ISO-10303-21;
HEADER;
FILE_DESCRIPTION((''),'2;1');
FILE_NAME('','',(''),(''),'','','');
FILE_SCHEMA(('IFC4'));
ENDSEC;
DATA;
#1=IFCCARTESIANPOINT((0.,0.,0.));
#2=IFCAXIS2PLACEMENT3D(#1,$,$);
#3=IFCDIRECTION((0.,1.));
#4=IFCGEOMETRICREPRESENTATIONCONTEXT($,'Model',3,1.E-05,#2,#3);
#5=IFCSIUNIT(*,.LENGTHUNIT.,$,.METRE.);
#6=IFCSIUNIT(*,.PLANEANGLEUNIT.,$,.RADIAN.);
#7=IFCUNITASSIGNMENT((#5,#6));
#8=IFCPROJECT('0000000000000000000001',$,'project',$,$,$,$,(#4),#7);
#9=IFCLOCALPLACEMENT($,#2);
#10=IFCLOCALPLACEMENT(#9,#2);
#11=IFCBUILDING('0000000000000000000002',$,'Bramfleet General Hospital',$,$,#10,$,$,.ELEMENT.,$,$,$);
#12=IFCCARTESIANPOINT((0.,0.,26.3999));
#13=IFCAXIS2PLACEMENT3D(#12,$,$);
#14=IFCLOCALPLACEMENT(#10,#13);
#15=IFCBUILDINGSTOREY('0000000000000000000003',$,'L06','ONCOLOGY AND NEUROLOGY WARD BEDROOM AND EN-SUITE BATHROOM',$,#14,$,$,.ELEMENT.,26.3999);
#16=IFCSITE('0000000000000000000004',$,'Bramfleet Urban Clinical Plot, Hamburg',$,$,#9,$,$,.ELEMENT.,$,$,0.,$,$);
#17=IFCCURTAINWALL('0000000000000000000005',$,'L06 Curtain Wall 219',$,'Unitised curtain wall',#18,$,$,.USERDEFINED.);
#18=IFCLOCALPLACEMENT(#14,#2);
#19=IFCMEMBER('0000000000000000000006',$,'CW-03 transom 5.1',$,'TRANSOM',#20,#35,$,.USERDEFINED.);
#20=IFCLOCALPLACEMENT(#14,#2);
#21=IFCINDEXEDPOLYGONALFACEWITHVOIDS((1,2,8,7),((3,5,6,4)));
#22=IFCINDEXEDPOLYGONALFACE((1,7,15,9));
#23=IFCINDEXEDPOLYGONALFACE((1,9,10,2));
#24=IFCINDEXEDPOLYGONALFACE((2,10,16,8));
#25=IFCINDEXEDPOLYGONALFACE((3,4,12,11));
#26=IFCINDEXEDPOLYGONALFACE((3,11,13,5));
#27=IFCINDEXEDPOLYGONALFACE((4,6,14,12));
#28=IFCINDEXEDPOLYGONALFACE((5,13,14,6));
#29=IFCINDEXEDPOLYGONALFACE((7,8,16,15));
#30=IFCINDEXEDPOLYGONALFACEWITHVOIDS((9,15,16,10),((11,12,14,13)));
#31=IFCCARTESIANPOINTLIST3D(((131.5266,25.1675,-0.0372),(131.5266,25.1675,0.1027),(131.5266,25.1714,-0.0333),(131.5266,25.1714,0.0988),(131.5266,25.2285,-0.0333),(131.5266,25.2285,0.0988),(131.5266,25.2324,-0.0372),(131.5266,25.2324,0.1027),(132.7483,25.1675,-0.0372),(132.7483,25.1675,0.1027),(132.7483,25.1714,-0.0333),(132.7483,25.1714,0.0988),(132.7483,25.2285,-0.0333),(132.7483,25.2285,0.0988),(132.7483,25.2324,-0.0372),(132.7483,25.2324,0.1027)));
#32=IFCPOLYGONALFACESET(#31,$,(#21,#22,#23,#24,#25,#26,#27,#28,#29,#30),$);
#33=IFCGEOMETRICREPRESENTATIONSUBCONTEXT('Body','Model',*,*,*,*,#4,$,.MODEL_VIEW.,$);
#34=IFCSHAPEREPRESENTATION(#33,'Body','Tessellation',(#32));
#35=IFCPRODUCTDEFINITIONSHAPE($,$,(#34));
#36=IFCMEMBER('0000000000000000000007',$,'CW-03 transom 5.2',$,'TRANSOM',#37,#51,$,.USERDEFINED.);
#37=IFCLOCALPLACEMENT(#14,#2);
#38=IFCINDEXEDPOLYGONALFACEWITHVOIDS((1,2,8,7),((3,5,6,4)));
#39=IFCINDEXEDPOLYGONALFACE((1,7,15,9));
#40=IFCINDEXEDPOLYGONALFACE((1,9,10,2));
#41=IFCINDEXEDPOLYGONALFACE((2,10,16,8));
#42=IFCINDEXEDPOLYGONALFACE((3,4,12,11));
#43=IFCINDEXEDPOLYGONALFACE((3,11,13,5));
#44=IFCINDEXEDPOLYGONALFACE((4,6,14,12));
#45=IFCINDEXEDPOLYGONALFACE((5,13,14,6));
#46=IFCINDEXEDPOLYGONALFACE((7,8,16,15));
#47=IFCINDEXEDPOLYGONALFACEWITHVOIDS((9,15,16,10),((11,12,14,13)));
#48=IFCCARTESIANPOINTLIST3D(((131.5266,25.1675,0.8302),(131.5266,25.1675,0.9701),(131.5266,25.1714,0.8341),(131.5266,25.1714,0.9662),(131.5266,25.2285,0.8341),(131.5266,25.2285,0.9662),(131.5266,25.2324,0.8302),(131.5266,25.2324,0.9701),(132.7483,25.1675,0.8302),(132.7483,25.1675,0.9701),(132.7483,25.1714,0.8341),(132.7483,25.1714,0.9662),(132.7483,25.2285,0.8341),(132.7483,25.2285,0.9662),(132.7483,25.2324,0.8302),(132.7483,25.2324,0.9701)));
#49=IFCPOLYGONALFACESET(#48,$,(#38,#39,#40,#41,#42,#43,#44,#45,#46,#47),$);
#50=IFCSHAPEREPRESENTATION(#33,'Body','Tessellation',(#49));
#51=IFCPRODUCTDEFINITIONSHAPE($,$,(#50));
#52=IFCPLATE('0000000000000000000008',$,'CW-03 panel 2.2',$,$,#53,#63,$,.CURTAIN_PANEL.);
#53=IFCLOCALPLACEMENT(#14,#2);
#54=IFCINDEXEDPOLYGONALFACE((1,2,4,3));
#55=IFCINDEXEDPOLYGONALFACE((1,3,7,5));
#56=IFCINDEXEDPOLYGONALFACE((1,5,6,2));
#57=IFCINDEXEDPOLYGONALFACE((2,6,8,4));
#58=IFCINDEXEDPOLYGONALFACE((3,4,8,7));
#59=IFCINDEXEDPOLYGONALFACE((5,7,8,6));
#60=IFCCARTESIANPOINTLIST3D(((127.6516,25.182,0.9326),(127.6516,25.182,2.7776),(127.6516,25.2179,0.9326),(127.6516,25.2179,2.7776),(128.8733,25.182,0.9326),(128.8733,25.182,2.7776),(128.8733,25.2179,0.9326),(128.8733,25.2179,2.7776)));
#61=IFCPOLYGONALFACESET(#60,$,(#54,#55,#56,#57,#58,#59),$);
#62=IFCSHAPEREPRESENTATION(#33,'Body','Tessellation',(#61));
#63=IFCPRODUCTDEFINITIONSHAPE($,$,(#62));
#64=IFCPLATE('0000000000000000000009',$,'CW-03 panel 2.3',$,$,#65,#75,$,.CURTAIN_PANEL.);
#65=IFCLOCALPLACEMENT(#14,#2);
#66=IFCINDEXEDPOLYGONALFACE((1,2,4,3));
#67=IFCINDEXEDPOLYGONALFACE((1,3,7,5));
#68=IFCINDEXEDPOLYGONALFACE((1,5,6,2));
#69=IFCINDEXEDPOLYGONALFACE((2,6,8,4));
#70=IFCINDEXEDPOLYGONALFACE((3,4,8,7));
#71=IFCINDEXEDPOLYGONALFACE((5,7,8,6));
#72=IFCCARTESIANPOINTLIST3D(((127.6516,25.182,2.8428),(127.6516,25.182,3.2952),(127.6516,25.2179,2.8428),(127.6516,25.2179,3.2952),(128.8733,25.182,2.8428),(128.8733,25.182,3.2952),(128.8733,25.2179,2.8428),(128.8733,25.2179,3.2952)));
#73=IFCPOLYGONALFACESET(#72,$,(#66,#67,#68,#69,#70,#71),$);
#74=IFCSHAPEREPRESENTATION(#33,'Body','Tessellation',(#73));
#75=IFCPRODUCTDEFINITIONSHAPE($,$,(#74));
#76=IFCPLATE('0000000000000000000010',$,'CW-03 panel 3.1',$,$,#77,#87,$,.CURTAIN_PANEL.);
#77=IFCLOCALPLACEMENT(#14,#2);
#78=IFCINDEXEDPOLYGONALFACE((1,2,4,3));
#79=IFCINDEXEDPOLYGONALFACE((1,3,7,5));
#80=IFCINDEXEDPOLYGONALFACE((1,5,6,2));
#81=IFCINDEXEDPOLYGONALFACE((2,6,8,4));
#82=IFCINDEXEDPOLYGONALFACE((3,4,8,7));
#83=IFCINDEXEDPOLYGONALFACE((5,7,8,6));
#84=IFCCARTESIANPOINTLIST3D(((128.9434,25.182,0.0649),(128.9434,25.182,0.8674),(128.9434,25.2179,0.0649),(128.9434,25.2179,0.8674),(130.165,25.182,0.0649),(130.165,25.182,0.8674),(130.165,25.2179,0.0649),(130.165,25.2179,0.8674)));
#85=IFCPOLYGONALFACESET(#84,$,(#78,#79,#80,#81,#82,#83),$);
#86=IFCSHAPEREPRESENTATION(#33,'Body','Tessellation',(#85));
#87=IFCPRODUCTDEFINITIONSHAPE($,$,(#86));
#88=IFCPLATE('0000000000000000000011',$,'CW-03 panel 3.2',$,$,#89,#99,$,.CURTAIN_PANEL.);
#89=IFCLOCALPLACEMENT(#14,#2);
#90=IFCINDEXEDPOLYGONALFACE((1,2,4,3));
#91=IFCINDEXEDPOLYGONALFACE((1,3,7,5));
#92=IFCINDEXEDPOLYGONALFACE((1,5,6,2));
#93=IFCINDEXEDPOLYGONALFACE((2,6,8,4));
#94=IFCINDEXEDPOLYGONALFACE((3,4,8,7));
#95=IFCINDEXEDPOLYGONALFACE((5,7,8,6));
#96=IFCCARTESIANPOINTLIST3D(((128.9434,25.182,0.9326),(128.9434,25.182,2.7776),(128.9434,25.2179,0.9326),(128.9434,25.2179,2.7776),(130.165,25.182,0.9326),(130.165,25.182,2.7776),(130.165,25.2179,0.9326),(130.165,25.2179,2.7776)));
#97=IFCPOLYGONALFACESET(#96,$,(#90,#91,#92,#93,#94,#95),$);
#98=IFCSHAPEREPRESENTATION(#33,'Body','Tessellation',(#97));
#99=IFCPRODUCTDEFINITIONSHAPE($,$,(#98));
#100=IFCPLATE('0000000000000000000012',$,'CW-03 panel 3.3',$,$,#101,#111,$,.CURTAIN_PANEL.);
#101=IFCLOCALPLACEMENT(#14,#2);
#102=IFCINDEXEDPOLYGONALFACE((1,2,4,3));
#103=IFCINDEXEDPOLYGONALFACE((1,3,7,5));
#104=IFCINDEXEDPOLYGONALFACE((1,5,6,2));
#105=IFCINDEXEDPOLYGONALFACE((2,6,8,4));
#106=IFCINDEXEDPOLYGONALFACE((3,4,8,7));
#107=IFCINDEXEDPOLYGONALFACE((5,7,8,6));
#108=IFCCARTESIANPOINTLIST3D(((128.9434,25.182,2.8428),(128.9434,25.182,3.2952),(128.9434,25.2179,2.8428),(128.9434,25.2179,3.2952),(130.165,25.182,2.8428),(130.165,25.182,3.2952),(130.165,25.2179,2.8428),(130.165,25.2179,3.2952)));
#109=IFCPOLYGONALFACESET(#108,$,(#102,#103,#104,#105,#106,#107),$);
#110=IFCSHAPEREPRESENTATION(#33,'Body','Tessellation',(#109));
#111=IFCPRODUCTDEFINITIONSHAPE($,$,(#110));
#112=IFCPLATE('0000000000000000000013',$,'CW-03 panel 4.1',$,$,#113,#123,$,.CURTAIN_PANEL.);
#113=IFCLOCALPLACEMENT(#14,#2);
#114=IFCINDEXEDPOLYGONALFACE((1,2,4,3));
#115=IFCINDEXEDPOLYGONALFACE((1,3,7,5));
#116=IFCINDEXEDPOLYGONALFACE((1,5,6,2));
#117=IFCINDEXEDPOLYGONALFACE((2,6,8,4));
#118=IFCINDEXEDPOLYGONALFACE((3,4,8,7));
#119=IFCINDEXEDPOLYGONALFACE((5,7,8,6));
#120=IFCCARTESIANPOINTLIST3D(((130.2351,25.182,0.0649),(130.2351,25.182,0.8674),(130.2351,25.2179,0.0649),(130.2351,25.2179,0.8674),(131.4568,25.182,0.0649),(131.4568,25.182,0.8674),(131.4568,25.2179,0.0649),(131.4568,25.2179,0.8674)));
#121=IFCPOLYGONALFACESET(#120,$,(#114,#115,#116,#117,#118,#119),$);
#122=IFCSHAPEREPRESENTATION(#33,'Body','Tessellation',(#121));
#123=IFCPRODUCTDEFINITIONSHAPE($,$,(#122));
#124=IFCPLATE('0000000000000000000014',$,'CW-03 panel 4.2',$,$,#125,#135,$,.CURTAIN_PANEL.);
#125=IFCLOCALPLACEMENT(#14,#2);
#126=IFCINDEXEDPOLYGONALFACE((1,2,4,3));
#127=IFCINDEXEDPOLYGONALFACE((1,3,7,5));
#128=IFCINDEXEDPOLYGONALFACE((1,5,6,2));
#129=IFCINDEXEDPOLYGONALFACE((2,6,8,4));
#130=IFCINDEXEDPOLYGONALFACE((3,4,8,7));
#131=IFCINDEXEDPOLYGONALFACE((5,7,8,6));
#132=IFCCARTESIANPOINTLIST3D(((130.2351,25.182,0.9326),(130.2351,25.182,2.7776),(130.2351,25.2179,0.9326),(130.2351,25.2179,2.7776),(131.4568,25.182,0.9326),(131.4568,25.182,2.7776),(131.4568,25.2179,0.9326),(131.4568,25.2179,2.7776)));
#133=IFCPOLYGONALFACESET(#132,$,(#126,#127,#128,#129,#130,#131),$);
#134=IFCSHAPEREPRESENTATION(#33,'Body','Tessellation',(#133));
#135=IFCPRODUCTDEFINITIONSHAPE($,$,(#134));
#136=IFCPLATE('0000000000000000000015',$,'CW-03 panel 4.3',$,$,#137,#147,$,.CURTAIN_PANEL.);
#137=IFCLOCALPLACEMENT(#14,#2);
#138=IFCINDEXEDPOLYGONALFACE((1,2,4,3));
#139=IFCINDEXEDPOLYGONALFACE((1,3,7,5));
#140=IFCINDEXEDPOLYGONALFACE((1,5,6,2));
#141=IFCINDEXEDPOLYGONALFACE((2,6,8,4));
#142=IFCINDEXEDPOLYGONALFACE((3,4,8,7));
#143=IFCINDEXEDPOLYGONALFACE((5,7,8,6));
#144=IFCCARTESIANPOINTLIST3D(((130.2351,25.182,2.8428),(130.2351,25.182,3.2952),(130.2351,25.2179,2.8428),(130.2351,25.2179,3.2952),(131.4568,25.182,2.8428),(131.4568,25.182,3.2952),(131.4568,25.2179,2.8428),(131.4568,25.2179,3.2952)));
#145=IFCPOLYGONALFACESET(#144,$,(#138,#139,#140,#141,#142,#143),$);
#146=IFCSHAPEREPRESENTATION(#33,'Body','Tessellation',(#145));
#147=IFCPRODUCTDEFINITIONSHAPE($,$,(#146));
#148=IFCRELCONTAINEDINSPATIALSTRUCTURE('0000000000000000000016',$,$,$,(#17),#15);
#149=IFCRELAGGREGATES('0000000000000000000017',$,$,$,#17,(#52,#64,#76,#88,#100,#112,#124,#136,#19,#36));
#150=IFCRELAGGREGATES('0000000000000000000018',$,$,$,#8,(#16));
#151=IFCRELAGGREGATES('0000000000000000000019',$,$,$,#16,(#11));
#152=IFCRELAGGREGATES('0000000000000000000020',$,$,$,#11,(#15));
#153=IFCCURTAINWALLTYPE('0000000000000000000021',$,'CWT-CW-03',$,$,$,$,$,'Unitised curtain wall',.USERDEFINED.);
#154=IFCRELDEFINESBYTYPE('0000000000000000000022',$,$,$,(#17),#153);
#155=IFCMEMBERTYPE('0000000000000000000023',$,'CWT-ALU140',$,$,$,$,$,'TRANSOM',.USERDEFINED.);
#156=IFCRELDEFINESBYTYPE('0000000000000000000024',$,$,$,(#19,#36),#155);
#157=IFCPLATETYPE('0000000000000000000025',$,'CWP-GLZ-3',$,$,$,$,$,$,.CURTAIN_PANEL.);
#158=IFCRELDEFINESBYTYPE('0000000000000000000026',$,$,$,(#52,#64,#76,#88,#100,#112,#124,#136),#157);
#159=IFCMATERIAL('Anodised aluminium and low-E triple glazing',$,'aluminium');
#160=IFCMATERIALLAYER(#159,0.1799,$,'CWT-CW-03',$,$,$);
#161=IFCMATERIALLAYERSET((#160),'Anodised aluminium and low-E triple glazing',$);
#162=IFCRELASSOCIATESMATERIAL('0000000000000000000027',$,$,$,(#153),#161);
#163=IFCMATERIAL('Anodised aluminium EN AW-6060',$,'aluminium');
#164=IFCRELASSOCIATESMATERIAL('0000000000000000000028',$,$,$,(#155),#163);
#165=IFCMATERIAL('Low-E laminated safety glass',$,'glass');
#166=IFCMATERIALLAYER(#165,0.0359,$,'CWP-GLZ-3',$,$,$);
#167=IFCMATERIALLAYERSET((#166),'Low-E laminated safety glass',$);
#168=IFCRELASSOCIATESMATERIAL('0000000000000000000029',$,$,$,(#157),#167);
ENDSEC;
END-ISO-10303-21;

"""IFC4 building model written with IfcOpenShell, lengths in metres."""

from ifc_helpers import new_model, si_unit, direction, frame, origin, origin_2d, place, context, subcontext, project, spatial, rectangle, hollow_rectangle, extrude, material, layer, layer_set, material_profile, profile_set, type_object, element, aggregate, save


model = new_model("IFC4")

# Units and contexts
model_context = context("Model", 3, precision=1e-05, world=origin(), true_north=direction((0.0, 1.0)))
body_context = subcontext(model_context, "Body", "Model", "MODEL_VIEW")
ifc_project = project(units=[si_unit("LENGTHUNIT", "METRE"), si_unit("PLANEANGLEUNIT", "RADIAN")], contexts=[model_context])

# Site, building, storey
site_placement = place(None, origin())
site = spatial("IfcSite", under=ifc_project, at=site_placement, Name="Bramfleet Urban Clinical Plot, Hamburg", CompositionType="ELEMENT", RefElevation=0.0)
building_placement = place(site_placement, origin())
building = spatial("IfcBuilding", under=site, at=building_placement, Name="Bramfleet General Hospital", CompositionType="ELEMENT")
storey_placement = place(building_placement, frame((0.0, 0.0, 26.3999)))
storey = spatial("IfcBuildingStorey", under=building, at=storey_placement, Name="L06", Description="ONCOLOGY AND NEUROLOGY WARD BEDROOM AND EN-SUITE BATHROOM", CompositionType="ELEMENT", Elevation=26.3999)

# Curtain wall, members, plates
ifc_material_1 = material(Name="Anodised aluminium and low-E triple glazing", Category="aluminium")
ifc_layer_1 = layer(ifc_material_1, 0.1799, Name="CWT-CW-03")
ifc_layer_set_1 = layer_set([ifc_layer_1], Name="Anodised aluminium and low-E triple glazing")
curtain_wall_type = type_object("IfcCurtainWallType", Name="CWT-CW-03", ElementType="Unitised curtain wall", PredefinedType="USERDEFINED", material=ifc_layer_set_1)
curtain_wall_placement = place(storey_placement, origin())
curtain_wall = element("IfcCurtainWall", 1, at=curtain_wall_placement, inside=storey, type_object=curtain_wall_type, Name="L06 Curtain Wall 219", ObjectType="Unitised curtain wall", PredefinedType="USERDEFINED")
ifc_material_2 = material(Name="Anodised aluminium EN AW-6060", Category="aluminium")
ifc_material_profile_1 = material_profile(ifc_material_2, hollow_rectangle(XDim=0.0649, YDim=0.1399, WallThickness=0.0039, at=origin_2d()), Name="ALU 140x65x4.0")
ifc_profile_set_1 = profile_set([ifc_material_profile_1], Name="Anodised aluminium EN AW-6060")
member_type_1 = type_object("IfcMemberType", Name="CWT-ALU140", ElementType="TRANSOM", PredefinedType="USERDEFINED", material=ifc_profile_set_1)
member_1_placement = place(storey_placement, frame((131.5266, 25.2, 0.0327), z_axis=(1.0, 0.0, 0.0), x_axis=(0.0, 1.0, 0.0)))
member_1 = element("IfcMember", 2, at=member_1_placement, type_object=member_type_1, Name="CW-03 transom 5.1", ObjectType="TRANSOM", PredefinedType="USERDEFINED", context=body_context, shape_type="SweptSolid", body=[
    extrude(hollow_rectangle(XDim=0.0649, YDim=0.1399, WallThickness=0.0039, at=origin_2d()), origin(), (0.0, 0.0, 1.0), 1.2217),
])
member_2_placement = place(storey_placement, frame((131.5266, 25.2, 0.9001), z_axis=(1.0, 0.0, 0.0), x_axis=(0.0, 1.0, 0.0)))
member_2 = element("IfcMember", 3, at=member_2_placement, type_object=member_type_1, Name="CW-03 transom 5.2", ObjectType="TRANSOM", PredefinedType="USERDEFINED", context=body_context, shape_type="SweptSolid", body=[
    extrude(hollow_rectangle(XDim=0.0649, YDim=0.1399, WallThickness=0.0039, at=origin_2d()), origin(), (0.0, 0.0, 1.0), 1.2217),
])
ifc_material_3 = material(Name="Low-E laminated safety glass", Category="glass")
ifc_layer_2 = layer(ifc_material_3, 0.0359, Name="CWP-GLZ-3")
ifc_layer_set_2 = layer_set([ifc_layer_2], Name="Low-E laminated safety glass")
plate_type = type_object("IfcPlateType", Name="CWP-GLZ-3", PredefinedType="CURTAIN_PANEL", material=ifc_layer_set_2)
plate_1_placement = place(storey_placement, frame((128.2625, 25.2, 0.9326), z_axis=(0.0, 0.0, 1.0), x_axis=(1.0, 0.0, 0.0)))
plate_1 = element("IfcPlate", 4, at=plate_1_placement, type_object=plate_type, Name="CW-03 panel 2.2", PredefinedType="CURTAIN_PANEL", context=body_context, shape_type="SweptSolid", body=[
    extrude(rectangle(XDim=1.2217, YDim=0.0359, at=origin_2d()), origin(), (0.0, 0.0, 1.0), 1.845),
])
plate_2_placement = place(storey_placement, frame((128.2625, 25.2, 2.8428), z_axis=(0.0, 0.0, 1.0), x_axis=(1.0, 0.0, 0.0)))
plate_2 = element("IfcPlate", 5, at=plate_2_placement, type_object=plate_type, Name="CW-03 panel 2.3", PredefinedType="CURTAIN_PANEL", context=body_context, shape_type="SweptSolid", body=[
    extrude(rectangle(XDim=1.2217, YDim=0.0359, at=origin_2d()), origin(), (0.0, 0.0, 1.0), 0.4524),
])
plate_3_placement = place(storey_placement, frame((129.5542, 25.2, 0.0649), z_axis=(0.0, 0.0, 1.0), x_axis=(1.0, 0.0, 0.0)))
plate_3 = element("IfcPlate", 6, at=plate_3_placement, type_object=plate_type, Name="CW-03 panel 3.1", PredefinedType="CURTAIN_PANEL", context=body_context, shape_type="SweptSolid", body=[
    extrude(rectangle(XDim=1.2217, YDim=0.0359, at=origin_2d()), origin(), (0.0, 0.0, 1.0), 0.8025),
])
plate_4_placement = place(storey_placement, frame((129.5542, 25.2, 0.9326), z_axis=(0.0, 0.0, 1.0), x_axis=(1.0, 0.0, 0.0)))
plate_4 = element("IfcPlate", 7, at=plate_4_placement, type_object=plate_type, Name="CW-03 panel 3.2", PredefinedType="CURTAIN_PANEL", context=body_context, shape_type="SweptSolid", body=[
    extrude(rectangle(XDim=1.2217, YDim=0.0359, at=origin_2d()), origin(), (0.0, 0.0, 1.0), 1.845),
])
plate_5_placement = place(storey_placement, frame((129.5542, 25.2, 2.8428), z_axis=(0.0, 0.0, 1.0), x_axis=(1.0, 0.0, 0.0)))
plate_5 = element("IfcPlate", 8, at=plate_5_placement, type_object=plate_type, Name="CW-03 panel 3.3", PredefinedType="CURTAIN_PANEL", context=body_context, shape_type="SweptSolid", body=[
    extrude(rectangle(XDim=1.2217, YDim=0.0359, at=origin_2d()), origin(), (0.0, 0.0, 1.0), 0.4524),
])
plate_6_placement = place(storey_placement, frame((130.8459, 25.2, 0.0649), z_axis=(0.0, 0.0, 1.0), x_axis=(1.0, 0.0, 0.0)))
plate_6 = element("IfcPlate", 9, at=plate_6_placement, type_object=plate_type, Name="CW-03 panel 4.1", PredefinedType="CURTAIN_PANEL", context=body_context, shape_type="SweptSolid", body=[
    extrude(rectangle(XDim=1.2217, YDim=0.0359, at=origin_2d()), origin(), (0.0, 0.0, 1.0), 0.8025),
])
plate_7_placement = place(storey_placement, frame((130.8459, 25.2, 0.9326), z_axis=(0.0, 0.0, 1.0), x_axis=(1.0, 0.0, 0.0)))
plate_7 = element("IfcPlate", 10, at=plate_7_placement, type_object=plate_type, Name="CW-03 panel 4.2", PredefinedType="CURTAIN_PANEL", context=body_context, shape_type="SweptSolid", body=[
    extrude(rectangle(XDim=1.2217, YDim=0.0359, at=origin_2d()), origin(), (0.0, 0.0, 1.0), 1.845),
])
plate_8_placement = place(storey_placement, frame((130.8459, 25.2, 2.8428), z_axis=(0.0, 0.0, 1.0), x_axis=(1.0, 0.0, 0.0)))
plate_8 = element("IfcPlate", 11, at=plate_8_placement, type_object=plate_type, Name="CW-03 panel 4.3", PredefinedType="CURTAIN_PANEL", context=body_context, shape_type="SweptSolid", body=[
    extrude(rectangle(XDim=1.2217, YDim=0.0359, at=origin_2d()), origin(), (0.0, 0.0, 1.0), 0.4524),
])
aggregate(curtain_wall, [plate_1, plate_2, plate_3, plate_4, plate_5, plate_6, plate_7, plate_8, member_1, member_2])

save(model, "model.ifc")
